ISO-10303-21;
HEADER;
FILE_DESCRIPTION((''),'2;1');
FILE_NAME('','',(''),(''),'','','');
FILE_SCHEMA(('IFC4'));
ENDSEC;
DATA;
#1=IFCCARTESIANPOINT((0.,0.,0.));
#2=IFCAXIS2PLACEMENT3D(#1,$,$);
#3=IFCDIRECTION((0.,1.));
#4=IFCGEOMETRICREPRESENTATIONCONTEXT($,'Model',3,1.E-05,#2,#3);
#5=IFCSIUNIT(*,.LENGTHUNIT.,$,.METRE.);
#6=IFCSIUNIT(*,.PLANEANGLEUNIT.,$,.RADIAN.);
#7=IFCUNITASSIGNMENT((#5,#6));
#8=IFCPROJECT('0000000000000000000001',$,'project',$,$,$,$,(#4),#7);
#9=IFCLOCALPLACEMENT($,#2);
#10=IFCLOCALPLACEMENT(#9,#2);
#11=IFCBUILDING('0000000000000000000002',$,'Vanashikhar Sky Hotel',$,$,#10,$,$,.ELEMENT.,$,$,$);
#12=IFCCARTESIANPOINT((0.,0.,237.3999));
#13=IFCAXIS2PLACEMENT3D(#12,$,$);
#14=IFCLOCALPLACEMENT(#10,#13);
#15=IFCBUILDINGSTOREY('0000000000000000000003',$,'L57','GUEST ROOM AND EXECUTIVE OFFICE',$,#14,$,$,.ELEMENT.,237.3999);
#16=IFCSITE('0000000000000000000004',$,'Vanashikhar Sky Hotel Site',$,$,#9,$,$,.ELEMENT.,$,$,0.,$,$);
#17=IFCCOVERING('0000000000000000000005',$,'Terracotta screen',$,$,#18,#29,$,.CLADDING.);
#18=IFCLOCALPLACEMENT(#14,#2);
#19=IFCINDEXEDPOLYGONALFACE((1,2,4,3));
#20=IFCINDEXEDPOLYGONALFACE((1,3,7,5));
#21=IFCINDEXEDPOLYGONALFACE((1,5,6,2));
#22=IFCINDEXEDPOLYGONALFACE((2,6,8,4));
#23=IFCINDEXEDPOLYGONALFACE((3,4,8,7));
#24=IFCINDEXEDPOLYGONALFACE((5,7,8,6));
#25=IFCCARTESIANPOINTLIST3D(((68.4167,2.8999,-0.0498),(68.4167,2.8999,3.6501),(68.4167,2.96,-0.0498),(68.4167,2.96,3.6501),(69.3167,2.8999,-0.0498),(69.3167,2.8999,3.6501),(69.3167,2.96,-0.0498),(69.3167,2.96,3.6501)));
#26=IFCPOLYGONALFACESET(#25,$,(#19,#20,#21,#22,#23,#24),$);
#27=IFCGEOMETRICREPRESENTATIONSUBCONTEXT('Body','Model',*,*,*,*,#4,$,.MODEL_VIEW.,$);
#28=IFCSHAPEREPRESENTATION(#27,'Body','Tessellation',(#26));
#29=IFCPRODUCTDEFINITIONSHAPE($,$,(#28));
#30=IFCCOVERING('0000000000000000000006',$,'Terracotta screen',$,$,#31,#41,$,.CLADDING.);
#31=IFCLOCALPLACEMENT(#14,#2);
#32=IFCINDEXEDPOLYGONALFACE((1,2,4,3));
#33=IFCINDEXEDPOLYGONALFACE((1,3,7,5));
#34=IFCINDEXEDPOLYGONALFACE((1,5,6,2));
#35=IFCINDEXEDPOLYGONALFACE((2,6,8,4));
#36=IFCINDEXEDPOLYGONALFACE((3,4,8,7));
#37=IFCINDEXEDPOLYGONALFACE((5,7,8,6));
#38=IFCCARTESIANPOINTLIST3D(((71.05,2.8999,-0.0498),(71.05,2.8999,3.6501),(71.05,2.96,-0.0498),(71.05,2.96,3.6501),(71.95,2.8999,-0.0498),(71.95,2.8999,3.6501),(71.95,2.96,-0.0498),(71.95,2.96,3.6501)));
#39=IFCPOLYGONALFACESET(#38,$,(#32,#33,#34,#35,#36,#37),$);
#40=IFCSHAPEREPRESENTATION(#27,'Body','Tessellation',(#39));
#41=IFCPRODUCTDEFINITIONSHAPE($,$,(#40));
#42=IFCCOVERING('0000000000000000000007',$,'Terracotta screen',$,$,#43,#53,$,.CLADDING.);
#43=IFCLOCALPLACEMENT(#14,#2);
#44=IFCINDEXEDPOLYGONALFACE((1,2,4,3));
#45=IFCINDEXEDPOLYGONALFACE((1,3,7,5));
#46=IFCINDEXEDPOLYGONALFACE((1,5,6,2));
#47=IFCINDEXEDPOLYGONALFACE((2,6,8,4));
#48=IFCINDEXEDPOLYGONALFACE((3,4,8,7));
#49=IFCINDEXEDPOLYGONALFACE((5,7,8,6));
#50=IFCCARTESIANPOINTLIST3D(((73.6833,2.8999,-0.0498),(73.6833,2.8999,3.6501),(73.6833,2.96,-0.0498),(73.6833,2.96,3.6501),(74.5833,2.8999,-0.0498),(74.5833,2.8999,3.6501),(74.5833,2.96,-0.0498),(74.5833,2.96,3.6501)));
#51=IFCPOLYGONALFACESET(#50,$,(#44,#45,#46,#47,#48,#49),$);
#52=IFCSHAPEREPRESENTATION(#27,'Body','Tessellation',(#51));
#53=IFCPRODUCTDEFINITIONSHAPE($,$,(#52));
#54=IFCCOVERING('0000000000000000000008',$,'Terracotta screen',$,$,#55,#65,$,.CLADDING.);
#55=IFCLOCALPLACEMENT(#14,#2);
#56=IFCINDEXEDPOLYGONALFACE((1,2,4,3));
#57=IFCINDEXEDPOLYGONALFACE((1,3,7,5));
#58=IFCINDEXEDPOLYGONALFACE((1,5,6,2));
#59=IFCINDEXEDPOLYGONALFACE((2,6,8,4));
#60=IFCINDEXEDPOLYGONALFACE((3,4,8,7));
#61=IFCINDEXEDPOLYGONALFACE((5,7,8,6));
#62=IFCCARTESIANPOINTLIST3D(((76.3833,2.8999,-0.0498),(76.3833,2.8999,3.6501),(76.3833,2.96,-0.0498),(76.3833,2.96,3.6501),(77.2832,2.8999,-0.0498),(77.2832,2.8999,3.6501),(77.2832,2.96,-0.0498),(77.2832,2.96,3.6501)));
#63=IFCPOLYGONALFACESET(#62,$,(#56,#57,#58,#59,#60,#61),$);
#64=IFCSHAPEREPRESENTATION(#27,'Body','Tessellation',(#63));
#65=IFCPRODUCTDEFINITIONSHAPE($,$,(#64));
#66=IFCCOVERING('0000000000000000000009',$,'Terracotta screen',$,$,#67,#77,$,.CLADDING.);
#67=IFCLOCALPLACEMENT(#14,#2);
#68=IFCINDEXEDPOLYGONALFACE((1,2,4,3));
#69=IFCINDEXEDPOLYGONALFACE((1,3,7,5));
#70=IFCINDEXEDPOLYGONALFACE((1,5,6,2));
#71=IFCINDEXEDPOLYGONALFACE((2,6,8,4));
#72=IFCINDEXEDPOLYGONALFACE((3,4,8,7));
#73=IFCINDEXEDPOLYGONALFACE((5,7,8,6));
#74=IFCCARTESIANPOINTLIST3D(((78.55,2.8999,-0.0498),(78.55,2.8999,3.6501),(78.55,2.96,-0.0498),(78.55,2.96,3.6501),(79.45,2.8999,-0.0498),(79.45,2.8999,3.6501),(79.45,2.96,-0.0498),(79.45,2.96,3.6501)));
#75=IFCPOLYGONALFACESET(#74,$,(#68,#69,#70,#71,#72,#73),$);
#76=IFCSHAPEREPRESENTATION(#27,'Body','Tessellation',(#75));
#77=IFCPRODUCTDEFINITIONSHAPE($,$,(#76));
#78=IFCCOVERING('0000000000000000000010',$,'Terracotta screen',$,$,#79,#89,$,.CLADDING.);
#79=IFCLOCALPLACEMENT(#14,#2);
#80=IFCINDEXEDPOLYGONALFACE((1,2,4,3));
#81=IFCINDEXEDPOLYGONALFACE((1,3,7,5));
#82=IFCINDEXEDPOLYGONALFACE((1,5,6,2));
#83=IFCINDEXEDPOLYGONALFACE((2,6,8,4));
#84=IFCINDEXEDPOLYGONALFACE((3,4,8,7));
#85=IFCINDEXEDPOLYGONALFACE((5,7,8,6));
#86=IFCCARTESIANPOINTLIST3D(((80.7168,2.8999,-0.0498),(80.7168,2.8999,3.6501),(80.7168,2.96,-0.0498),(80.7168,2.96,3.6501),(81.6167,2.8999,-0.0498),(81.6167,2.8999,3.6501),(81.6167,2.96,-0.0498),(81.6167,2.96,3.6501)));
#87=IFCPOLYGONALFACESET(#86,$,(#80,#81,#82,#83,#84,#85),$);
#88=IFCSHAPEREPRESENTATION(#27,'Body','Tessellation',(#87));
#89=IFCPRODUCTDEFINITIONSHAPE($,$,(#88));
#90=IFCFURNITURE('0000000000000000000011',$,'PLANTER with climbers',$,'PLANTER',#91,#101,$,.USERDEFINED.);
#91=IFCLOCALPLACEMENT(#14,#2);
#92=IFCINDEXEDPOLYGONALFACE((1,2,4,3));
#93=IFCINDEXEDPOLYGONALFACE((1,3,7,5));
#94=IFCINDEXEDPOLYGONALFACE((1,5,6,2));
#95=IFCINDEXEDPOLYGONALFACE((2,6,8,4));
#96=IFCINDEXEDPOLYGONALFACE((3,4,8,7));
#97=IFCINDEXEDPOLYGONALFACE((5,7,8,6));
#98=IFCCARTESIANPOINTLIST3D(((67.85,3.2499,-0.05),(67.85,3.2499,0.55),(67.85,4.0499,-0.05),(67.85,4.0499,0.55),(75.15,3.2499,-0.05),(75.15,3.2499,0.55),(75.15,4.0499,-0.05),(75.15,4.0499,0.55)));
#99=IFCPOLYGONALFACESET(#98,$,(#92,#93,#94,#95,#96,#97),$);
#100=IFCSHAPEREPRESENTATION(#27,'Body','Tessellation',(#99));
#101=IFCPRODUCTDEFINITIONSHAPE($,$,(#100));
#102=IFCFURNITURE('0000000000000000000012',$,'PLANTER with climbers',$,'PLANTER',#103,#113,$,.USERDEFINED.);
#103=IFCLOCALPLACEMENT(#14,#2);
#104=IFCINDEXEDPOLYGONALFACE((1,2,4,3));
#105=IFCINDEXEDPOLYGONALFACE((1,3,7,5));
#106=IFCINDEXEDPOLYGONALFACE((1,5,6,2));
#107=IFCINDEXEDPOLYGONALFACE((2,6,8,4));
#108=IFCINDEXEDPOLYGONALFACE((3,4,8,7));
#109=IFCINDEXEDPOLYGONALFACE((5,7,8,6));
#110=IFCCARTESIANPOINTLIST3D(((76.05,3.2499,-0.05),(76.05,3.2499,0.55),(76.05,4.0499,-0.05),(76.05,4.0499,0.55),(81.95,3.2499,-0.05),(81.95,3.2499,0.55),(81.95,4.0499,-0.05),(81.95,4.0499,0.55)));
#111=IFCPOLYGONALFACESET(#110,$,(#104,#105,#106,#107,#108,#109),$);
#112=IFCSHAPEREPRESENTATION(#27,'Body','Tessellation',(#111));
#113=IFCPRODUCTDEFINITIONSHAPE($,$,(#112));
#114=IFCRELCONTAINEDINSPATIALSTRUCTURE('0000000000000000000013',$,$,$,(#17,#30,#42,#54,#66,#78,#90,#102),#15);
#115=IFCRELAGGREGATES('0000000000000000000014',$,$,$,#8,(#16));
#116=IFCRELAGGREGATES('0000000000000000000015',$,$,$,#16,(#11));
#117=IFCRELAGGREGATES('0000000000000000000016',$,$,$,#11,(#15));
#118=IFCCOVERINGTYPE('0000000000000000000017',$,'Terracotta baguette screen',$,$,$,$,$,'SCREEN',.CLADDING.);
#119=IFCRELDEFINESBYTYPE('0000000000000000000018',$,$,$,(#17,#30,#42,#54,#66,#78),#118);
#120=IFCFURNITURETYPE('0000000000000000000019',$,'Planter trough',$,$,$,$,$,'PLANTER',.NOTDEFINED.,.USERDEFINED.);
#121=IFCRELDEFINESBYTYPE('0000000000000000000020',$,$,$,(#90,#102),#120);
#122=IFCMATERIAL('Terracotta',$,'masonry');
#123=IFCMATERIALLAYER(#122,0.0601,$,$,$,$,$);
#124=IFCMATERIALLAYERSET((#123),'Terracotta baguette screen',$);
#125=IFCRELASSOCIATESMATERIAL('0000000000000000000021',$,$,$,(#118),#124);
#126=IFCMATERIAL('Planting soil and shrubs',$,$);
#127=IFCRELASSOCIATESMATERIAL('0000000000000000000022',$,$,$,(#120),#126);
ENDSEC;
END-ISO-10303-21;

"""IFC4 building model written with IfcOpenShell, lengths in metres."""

from ifc_helpers import new_model, si_unit, direction, frame, origin, origin_2d, place, context, subcontext, project, spatial, rectangle, extrude, source, transform, mapped, material, layer, layer_set, type_object, element, save


model = new_model("IFC4")

# Units and contexts
model_context = context("Model", 3, precision=1e-05, world=origin(), true_north=direction((0.0, 1.0)))
body_context = subcontext(model_context, "Body", "Model", "MODEL_VIEW")
ifc_project = project(units=[si_unit("LENGTHUNIT", "METRE"), si_unit("PLANEANGLEUNIT", "RADIAN")], contexts=[model_context])

# Site, building, storey
site_placement = place(None, origin())
site = spatial("IfcSite", under=ifc_project, at=site_placement, Name="Vanashikhar Sky Hotel Site", CompositionType="ELEMENT", RefElevation=0.0)
building_placement = place(site_placement, origin())
building = spatial("IfcBuilding", under=site, at=building_placement, Name="Vanashikhar Sky Hotel", CompositionType="ELEMENT")
storey_placement = place(building_placement, frame((0.0, 0.0, 237.3999)))
storey = spatial("IfcBuildingStorey", under=building, at=storey_placement, Name="L57", Description="GUEST ROOM AND EXECUTIVE OFFICE", CompositionType="ELEMENT", Elevation=237.3999)

# Coverings
ifc_material_1 = material(Name="Terracotta", Category="masonry")
ifc_layer_1 = layer(ifc_material_1, 0.0601)
ifc_layer_set_1 = layer_set([ifc_layer_1], Name="Terracotta baguette screen")
covering_type = type_object("IfcCoveringType", Name="Terracotta baguette screen", ElementType="SCREEN", PredefinedType="CLADDING", material=ifc_layer_set_1)
shared_shape_1 = source(origin(), body_context, "Body", "SweptSolid", [
    extrude(rectangle(XDim=0.8999, YDim=0.0601, at=origin_2d()), origin(), (0.0, 0.0, 1.0), 3.7),
])
for number, where, z_axis, x_axis, name in (
    (1, (68.8667, 2.9299, -0.0498), (0.0, 0.0, 1.0), (1.0, 0.0, 0.0), "Terracotta screen"),
    (2, (71.5, 2.9299, -0.0498), (0.0, 0.0, 1.0), (1.0, 0.0, 0.0), "Terracotta screen"),
    (3, (74.1333, 2.9299, -0.0498), (0.0, 0.0, 1.0), (1.0, 0.0, 0.0), "Terracotta screen"),
    (4, (76.8333, 2.9299, -0.0498), (0.0, 0.0, 1.0), (1.0, 0.0, 0.0), "Terracotta screen"),
    (5, (79.0, 2.9299, -0.0498), (0.0, 0.0, 1.0), (1.0, 0.0, 0.0), "Terracotta screen"),
    (6, (81.1667, 2.9299, -0.0498), (0.0, 0.0, 1.0), (1.0, 0.0, 0.0), "Terracotta screen"),
):
    element("IfcCovering", number, at=place(storey_placement, frame(where, z_axis=z_axis, x_axis=x_axis)), inside=storey, type_object=covering_type, Name=name, PredefinedType="CLADDING", context=body_context, shape_type="MappedRepresentation", body=[
        mapped(shared_shape_1, transform((0.0, 0.0, 0.0), scale=1.0)),
    ])

# Furniture
ifc_material_2 = material(Name="Planting soil and shrubs")
furniture_type = type_object("IfcFurnitureType", Name="Planter trough", ElementType="PLANTER", AssemblyPlace="NOTDEFINED", PredefinedType="USERDEFINED", material=ifc_material_2)
shared_shape_2 = source(origin(), body_context, "Body", "SweptSolid", [
    extrude(rectangle(XDim=7.3, YDim=0.8, at=origin_2d()), origin(), (0.0, 0.0, 1.0), 0.6001),
])
furniture_1_placement = place(storey_placement, frame((71.5, 3.6499, -0.05), z_axis=(0.0, 0.0, 1.0), x_axis=(1.0, 0.0, 0.0)))
element("IfcFurniture", 7, at=furniture_1_placement, inside=storey, type_object=furniture_type, Name="PLANTER with climbers", ObjectType="PLANTER", PredefinedType="USERDEFINED", context=body_context, shape_type="MappedRepresentation", body=[
    mapped(shared_shape_2, transform((0.0, 0.0, 0.0), scale=1.0)),
])
shared_shape_3 = source(origin(), body_context, "Body", "SweptSolid", [
    extrude(rectangle(XDim=5.8999, YDim=0.8, at=origin_2d()), origin(), (0.0, 0.0, 1.0), 0.6001),
])
furniture_2_placement = place(storey_placement, frame((79.0, 3.6499, -0.05), z_axis=(0.0, 0.0, 1.0), x_axis=(1.0, 0.0, 0.0)))
element("IfcFurniture", 8, at=furniture_2_placement, inside=storey, type_object=furniture_type, Name="PLANTER with climbers", ObjectType="PLANTER", PredefinedType="USERDEFINED", context=body_context, shape_type="MappedRepresentation", body=[
    mapped(shared_shape_3, transform((0.0, 0.0, 0.0), scale=1.0)),
])

save(model, "model.ifc")
